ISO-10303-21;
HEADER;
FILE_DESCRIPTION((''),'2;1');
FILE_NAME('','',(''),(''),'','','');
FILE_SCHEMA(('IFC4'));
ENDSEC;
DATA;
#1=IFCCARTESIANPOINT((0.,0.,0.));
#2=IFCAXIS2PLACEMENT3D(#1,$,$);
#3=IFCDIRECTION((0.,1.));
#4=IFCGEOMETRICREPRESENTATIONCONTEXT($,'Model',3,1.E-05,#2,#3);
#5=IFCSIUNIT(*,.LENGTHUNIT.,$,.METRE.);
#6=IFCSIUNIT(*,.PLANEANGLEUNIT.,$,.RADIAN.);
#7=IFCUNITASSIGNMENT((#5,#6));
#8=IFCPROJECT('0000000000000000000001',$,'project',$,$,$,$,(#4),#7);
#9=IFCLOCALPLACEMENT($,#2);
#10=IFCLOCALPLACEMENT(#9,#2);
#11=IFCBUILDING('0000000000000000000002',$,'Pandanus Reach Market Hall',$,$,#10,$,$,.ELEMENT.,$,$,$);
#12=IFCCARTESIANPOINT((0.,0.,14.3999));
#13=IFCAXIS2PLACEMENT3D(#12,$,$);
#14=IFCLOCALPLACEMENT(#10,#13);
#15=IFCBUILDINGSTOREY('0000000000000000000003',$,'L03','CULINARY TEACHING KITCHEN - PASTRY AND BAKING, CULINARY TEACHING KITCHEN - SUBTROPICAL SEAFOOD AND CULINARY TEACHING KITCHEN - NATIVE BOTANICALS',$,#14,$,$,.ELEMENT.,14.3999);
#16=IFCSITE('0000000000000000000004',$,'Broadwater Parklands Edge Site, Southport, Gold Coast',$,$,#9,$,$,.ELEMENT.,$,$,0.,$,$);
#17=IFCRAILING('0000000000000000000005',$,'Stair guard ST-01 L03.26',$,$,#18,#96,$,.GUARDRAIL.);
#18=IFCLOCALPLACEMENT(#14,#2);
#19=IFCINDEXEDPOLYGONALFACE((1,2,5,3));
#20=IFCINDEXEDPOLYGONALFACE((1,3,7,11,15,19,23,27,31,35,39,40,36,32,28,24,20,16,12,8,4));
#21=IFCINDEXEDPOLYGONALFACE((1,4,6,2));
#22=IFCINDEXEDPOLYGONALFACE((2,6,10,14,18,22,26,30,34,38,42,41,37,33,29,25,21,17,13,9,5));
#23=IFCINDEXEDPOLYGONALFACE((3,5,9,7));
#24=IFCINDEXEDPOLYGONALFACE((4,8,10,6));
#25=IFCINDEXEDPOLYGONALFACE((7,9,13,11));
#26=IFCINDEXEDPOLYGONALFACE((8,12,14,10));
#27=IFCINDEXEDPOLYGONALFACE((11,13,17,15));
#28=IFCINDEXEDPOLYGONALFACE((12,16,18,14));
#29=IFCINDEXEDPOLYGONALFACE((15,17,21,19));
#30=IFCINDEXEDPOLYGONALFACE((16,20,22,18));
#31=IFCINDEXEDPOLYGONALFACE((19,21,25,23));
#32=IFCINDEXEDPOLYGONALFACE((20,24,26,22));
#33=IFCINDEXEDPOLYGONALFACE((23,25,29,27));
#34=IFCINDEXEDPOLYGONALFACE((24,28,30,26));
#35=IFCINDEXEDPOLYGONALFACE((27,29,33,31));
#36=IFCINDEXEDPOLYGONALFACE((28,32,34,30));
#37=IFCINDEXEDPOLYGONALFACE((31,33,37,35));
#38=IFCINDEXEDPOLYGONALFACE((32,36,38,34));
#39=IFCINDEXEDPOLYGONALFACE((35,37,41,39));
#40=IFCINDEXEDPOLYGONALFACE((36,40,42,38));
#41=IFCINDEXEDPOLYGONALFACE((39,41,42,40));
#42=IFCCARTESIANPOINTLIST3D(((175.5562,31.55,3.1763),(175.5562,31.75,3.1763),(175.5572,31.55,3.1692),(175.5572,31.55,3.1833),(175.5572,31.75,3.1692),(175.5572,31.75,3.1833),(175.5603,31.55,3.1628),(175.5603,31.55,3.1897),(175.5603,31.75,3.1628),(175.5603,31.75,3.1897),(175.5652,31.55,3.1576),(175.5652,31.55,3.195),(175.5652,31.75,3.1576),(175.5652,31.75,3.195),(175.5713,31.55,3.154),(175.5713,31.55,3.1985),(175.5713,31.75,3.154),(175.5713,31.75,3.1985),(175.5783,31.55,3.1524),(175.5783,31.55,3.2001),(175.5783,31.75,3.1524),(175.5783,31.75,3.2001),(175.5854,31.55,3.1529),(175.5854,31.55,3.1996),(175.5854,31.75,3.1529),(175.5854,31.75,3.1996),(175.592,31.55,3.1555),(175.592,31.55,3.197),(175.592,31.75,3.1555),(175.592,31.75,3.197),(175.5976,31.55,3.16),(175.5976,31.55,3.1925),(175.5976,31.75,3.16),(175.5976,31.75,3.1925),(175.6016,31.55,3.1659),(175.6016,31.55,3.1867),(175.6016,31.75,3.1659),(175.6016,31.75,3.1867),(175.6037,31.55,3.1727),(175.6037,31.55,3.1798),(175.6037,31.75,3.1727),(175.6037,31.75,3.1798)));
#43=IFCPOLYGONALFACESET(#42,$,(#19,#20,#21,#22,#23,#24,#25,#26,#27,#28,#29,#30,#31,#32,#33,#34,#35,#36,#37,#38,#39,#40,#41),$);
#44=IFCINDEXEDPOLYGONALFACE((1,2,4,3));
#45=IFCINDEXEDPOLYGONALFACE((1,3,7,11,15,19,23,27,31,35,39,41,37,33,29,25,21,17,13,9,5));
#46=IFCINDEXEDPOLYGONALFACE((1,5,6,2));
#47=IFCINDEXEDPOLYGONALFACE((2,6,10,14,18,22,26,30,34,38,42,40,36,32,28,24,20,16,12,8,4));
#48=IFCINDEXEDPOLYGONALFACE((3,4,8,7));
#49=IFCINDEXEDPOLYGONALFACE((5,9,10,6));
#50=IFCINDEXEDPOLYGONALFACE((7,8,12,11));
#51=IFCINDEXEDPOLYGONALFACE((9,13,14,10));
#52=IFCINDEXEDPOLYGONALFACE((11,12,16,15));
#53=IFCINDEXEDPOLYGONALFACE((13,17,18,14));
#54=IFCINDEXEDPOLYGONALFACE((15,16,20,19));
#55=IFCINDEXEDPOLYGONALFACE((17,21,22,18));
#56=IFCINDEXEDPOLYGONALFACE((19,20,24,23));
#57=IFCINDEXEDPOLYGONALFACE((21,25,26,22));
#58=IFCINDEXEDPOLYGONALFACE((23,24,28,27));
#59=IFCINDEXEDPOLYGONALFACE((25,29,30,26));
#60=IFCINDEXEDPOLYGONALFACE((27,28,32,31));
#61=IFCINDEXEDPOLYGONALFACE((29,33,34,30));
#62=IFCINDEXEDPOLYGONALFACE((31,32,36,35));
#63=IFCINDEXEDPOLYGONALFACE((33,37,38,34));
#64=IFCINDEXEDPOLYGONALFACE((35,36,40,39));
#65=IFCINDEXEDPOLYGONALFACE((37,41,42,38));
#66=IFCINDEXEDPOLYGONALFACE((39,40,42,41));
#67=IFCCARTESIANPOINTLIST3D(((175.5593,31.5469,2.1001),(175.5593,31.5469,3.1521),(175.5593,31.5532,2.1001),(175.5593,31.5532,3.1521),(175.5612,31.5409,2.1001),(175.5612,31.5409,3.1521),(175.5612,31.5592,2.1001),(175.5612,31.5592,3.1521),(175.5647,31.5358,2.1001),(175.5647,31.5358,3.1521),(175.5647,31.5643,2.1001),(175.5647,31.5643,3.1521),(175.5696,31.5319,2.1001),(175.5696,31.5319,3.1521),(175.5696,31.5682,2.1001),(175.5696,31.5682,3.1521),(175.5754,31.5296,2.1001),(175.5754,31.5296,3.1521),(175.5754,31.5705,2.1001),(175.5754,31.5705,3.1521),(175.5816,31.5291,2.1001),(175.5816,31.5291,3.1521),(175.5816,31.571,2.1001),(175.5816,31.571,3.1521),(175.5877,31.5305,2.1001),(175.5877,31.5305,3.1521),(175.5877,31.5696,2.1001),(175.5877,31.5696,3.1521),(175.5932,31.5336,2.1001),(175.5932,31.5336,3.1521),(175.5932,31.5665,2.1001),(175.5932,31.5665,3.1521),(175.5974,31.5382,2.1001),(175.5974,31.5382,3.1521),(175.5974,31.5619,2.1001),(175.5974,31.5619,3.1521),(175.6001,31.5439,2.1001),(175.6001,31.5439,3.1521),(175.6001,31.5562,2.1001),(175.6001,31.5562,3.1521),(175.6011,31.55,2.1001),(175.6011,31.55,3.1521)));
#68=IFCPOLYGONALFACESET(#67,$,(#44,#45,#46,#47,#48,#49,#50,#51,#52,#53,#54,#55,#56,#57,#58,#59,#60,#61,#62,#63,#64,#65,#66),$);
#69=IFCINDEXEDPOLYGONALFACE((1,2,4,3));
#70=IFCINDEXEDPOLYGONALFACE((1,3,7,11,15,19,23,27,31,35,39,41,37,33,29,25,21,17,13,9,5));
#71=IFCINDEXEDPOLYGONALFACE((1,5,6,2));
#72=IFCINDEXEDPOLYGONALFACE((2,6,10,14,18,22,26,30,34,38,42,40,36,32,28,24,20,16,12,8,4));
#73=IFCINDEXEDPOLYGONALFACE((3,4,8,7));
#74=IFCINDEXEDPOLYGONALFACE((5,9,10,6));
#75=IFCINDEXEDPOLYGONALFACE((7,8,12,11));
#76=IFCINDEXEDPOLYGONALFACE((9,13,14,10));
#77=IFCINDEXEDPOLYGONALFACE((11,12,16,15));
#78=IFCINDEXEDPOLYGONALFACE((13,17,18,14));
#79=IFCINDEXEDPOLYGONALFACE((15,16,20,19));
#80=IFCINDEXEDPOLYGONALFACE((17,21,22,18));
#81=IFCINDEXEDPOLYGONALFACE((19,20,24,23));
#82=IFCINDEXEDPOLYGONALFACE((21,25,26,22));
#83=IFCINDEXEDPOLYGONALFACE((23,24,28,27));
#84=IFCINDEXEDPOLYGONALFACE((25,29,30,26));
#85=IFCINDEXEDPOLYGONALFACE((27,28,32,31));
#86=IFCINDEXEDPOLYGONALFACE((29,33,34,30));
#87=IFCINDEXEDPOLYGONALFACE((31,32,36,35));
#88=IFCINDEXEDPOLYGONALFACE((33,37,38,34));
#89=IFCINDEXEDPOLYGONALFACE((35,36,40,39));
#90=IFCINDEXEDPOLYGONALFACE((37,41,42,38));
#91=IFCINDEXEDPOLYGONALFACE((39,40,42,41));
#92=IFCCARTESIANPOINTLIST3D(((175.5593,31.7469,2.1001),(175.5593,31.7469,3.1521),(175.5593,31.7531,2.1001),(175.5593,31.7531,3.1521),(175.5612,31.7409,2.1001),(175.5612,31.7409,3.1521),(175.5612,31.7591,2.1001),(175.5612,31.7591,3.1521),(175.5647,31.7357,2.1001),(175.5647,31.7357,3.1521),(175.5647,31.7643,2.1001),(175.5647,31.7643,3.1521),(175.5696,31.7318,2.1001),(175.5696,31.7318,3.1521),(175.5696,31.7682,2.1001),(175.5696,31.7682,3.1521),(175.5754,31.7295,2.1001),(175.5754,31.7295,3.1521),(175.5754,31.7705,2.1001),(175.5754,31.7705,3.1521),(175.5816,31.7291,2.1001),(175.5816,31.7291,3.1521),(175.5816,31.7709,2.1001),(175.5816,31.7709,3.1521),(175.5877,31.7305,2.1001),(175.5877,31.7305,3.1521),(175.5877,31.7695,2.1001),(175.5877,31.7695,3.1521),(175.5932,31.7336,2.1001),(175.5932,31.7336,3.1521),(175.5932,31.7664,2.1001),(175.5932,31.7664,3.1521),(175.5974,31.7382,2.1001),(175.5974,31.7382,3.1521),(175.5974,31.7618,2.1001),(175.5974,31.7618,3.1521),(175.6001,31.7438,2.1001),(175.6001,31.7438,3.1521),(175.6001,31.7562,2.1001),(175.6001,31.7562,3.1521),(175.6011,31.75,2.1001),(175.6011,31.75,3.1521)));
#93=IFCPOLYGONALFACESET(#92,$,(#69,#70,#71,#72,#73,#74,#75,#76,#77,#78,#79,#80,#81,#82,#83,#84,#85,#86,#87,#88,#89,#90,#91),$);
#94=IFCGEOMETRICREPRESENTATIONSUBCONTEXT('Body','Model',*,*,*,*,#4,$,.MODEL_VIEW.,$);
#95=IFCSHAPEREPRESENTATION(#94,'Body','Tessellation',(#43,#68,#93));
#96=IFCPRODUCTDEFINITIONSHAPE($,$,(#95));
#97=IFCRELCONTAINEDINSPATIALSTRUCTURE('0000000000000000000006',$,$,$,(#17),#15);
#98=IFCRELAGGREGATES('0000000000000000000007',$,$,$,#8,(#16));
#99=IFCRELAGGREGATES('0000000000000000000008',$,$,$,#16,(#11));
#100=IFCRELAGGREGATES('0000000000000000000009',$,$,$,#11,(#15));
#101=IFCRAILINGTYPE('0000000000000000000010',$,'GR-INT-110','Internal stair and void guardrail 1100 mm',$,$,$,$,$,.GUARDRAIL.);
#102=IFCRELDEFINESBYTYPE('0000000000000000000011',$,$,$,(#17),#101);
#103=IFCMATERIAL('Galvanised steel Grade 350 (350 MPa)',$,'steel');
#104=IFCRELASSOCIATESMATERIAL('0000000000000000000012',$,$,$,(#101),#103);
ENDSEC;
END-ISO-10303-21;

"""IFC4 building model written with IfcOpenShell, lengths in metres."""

from ifc_helpers import new_model, si_unit, direction, frame, origin, origin_2d, place, context, subcontext, project, spatial, circle, extrude, material, type_object, element, save


model = new_model("IFC4")

# Units and contexts
model_context = context("Model", 3, precision=1e-05, world=origin(), true_north=direction((0.0, 1.0)))
body_context = subcontext(model_context, "Body", "Model", "MODEL_VIEW")
ifc_project = project(units=[si_unit("LENGTHUNIT", "METRE"), si_unit("PLANEANGLEUNIT", "RADIAN")], contexts=[model_context])

# Site, building, storey
site_placement = place(None, origin())
site = spatial("IfcSite", under=ifc_project, at=site_placement, Name="Broadwater Parklands Edge Site, Southport, Gold Coast", CompositionType="ELEMENT", RefElevation=0.0)
building_placement = place(site_placement, origin())
building = spatial("IfcBuilding", under=site, at=building_placement, Name="Pandanus Reach Market Hall", CompositionType="ELEMENT")
storey_placement = place(building_placement, frame((0.0, 0.0, 14.3999)))
storey = spatial("IfcBuildingStorey", under=building, at=storey_placement, Name="L03", Description="CULINARY TEACHING KITCHEN - PASTRY AND BAKING, CULINARY TEACHING KITCHEN - SUBTROPICAL SEAFOOD AND CULINARY TEACHING KITCHEN - NATIVE BOTANICALS", CompositionType="ELEMENT", Elevation=14.3999)

# Railing
ifc_material_1 = material(Name="Galvanised steel Grade 350 (350 MPa)", Category="steel")
railing_type_1 = type_object("IfcRailingType", Name="GR-INT-110", Description="Internal stair and void guardrail 1100 mm", PredefinedType="GUARDRAIL", material=ifc_material_1)
railing_1_placement = place(storey_placement, frame((175.5801, 31.55, 2.1001)))
element("IfcRailing", 1, at=railing_1_placement, inside=storey, type_object=railing_type_1, Name="Stair guard ST-01 L03.26", PredefinedType="GUARDRAIL", context=body_context, shape_type="SweptSolid", body=[
    extrude(circle(Radius=0.0239, at=origin_2d()), frame((0.0, 0.0, 1.0762), z_axis=(0.0, 1.0, 0.0), x_axis=(-1.0, 0.0, 0.0)), (0.0, 0.0, 1.0), 0.2),
    extrude(circle(Radius=0.021, at=origin_2d()), origin(), (0.0, 0.0, 1.0), 1.052),
    extrude(circle(Radius=0.021, at=origin_2d()), frame((0.0, 0.2, 0.0)), (0.0, 0.0, 1.0), 1.052),
])

save(model, "model.ifc")
